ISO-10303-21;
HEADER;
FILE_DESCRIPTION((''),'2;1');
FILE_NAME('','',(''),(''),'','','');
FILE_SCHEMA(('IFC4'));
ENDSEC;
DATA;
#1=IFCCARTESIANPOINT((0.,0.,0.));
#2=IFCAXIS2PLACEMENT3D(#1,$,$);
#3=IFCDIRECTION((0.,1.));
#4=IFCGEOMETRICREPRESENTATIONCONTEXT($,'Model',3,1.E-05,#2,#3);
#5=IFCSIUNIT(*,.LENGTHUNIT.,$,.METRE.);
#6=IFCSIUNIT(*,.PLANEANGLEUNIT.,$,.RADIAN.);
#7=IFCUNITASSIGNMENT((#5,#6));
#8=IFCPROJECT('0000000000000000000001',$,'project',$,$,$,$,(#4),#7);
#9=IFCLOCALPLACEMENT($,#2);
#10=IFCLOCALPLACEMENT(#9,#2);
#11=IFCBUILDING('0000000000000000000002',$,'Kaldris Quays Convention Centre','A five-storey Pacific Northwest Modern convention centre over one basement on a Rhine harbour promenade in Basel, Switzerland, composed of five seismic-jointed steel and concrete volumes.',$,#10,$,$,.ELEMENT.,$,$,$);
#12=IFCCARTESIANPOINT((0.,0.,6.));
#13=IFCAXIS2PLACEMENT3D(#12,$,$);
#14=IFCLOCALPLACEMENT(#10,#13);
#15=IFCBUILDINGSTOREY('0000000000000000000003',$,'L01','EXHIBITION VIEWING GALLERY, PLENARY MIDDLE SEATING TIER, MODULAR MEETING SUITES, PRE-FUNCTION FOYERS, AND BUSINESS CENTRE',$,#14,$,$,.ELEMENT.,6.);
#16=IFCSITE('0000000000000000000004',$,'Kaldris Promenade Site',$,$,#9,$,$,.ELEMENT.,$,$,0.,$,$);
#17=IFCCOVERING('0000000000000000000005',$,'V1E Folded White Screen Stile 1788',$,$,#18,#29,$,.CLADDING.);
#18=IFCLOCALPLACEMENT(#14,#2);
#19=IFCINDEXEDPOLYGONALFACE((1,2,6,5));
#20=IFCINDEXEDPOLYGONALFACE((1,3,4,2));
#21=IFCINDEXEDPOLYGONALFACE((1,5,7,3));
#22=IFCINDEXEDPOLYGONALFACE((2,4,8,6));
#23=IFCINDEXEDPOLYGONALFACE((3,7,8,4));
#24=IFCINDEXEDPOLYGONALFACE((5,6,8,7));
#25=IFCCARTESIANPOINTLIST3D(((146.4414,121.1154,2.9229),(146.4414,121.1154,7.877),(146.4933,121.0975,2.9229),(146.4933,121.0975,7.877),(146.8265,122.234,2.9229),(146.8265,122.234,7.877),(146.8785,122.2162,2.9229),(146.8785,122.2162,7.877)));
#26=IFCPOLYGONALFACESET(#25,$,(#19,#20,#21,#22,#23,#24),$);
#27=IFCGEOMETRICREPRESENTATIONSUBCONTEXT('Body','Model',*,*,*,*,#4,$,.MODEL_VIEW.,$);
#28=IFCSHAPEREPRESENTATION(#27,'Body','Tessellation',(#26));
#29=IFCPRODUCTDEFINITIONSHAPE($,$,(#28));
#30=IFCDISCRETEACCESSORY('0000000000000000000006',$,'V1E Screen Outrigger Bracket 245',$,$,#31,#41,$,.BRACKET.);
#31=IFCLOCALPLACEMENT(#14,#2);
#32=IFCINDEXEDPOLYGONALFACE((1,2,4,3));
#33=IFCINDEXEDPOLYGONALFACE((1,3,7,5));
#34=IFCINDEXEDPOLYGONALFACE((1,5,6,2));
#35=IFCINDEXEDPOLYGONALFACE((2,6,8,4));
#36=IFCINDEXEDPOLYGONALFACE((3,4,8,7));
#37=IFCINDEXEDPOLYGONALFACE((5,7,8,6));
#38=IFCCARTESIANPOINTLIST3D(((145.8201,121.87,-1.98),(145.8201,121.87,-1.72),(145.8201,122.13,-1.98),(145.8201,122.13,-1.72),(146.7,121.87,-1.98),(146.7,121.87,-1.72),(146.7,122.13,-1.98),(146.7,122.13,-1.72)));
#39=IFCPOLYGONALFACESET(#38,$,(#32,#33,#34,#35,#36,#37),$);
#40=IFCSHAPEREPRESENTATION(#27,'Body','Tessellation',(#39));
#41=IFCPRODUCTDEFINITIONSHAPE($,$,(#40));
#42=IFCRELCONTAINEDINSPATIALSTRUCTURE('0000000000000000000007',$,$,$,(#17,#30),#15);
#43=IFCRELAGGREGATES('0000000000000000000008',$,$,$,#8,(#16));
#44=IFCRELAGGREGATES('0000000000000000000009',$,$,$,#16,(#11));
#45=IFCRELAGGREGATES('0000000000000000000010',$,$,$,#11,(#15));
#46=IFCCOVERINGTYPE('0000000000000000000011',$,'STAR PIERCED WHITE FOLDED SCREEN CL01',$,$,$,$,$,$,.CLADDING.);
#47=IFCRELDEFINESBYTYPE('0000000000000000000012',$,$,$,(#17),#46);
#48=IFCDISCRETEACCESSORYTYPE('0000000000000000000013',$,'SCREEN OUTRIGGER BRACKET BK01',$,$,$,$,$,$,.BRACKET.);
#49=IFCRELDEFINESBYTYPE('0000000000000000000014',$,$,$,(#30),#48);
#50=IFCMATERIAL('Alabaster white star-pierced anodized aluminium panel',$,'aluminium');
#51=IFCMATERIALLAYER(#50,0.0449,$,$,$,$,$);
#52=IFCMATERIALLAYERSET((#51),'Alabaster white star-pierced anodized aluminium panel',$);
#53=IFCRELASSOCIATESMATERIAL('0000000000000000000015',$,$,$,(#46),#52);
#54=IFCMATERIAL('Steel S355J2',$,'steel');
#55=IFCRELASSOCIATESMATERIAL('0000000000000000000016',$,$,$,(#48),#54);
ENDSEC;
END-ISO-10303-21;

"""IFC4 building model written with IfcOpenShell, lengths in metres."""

from ifc_helpers import new_model, si_unit, direction, frame, origin, origin_2d, place, context, subcontext, project, spatial, rectangle, extrude, material, layer, layer_set, type_object, element, save


model = new_model("IFC4")

# Units and contexts
model_context = context("Model", 3, precision=1e-05, world=origin(), true_north=direction((0.0, 1.0)))
body_context = subcontext(model_context, "Body", "Model", "MODEL_VIEW")
ifc_project = project(units=[si_unit("LENGTHUNIT", "METRE"), si_unit("PLANEANGLEUNIT", "RADIAN")], contexts=[model_context])

# Site, building, storey
site_placement = place(None, origin())
site = spatial("IfcSite", under=ifc_project, at=site_placement, Name="Kaldris Promenade Site", CompositionType="ELEMENT", RefElevation=0.0)
building_placement = place(site_placement, origin())
building = spatial("IfcBuilding", under=site, at=building_placement, Name="Kaldris Quays Convention Centre", Description="A five-storey Pacific Northwest Modern convention centre over one basement on a Rhine harbour promenade in Basel, Switzerland, composed of five seismic-jointed steel and concrete volumes.", CompositionType="ELEMENT")
storey_placement = place(building_placement, frame((0.0, 0.0, 6.0)))
storey = spatial("IfcBuildingStorey", under=building, at=storey_placement, Name="L01", Description="EXHIBITION VIEWING GALLERY, PLENARY MIDDLE SEATING TIER, MODULAR MEETING SUITES, PRE-FUNCTION FOYERS, AND BUSINESS CENTRE", CompositionType="ELEMENT", Elevation=6.0)

# Shared definitions
ifc_material_1 = material(Name="Steel S355J2", Category="steel")

# Covering
ifc_material_2 = material(Name="Alabaster white star-pierced anodized aluminium panel", Category="aluminium")
ifc_layer_1 = layer(ifc_material_2, 0.0449)
ifc_layer_set_1 = layer_set([ifc_layer_1], Name="Alabaster white star-pierced anodized aluminium panel")
covering_type = type_object("IfcCoveringType", Name="STAR PIERCED WHITE FOLDED SCREEN CL01", PredefinedType="CLADDING", material=ifc_layer_set_1)
covering_1_placement = place(storey_placement, frame((146.6599, 121.6658, 2.9229), z_axis=(0.0, 0.0, 1.0), x_axis=(0.325568, 0.945519, 0.0)))
element("IfcCovering", 1, at=covering_1_placement, inside=storey, type_object=covering_type, Name="V1E Folded White Screen Stile 1788", PredefinedType="CLADDING", context=body_context, shape_type="SweptSolid", body=[
    extrude(rectangle(XDim=1.1831, YDim=0.0549, at=origin_2d()), origin(), (0.0, 0.0, 1.0), 4.9541),
])

# Discrete accessory
discrete_accessory_type = type_object("IfcDiscreteAccessoryType", Name="SCREEN OUTRIGGER BRACKET BK01", PredefinedType="BRACKET", material=ifc_material_1)
discrete_accessory_placement = place(storey_placement, frame((146.26, 122.0, -1.98), z_axis=(0.0, 0.0, 1.0), x_axis=(0.0, 1.0, 0.0)))
element("IfcDiscreteAccessory", 2, at=discrete_accessory_placement, inside=storey, type_object=discrete_accessory_type, Name="V1E Screen Outrigger Bracket 245", PredefinedType="BRACKET", context=body_context, shape_type="SweptSolid", body=[
    extrude(rectangle(XDim=0.26, YDim=0.8799, at=origin_2d()), origin(), (0.0, 0.0, 1.0), 0.26),
])

save(model, "model.ifc")
